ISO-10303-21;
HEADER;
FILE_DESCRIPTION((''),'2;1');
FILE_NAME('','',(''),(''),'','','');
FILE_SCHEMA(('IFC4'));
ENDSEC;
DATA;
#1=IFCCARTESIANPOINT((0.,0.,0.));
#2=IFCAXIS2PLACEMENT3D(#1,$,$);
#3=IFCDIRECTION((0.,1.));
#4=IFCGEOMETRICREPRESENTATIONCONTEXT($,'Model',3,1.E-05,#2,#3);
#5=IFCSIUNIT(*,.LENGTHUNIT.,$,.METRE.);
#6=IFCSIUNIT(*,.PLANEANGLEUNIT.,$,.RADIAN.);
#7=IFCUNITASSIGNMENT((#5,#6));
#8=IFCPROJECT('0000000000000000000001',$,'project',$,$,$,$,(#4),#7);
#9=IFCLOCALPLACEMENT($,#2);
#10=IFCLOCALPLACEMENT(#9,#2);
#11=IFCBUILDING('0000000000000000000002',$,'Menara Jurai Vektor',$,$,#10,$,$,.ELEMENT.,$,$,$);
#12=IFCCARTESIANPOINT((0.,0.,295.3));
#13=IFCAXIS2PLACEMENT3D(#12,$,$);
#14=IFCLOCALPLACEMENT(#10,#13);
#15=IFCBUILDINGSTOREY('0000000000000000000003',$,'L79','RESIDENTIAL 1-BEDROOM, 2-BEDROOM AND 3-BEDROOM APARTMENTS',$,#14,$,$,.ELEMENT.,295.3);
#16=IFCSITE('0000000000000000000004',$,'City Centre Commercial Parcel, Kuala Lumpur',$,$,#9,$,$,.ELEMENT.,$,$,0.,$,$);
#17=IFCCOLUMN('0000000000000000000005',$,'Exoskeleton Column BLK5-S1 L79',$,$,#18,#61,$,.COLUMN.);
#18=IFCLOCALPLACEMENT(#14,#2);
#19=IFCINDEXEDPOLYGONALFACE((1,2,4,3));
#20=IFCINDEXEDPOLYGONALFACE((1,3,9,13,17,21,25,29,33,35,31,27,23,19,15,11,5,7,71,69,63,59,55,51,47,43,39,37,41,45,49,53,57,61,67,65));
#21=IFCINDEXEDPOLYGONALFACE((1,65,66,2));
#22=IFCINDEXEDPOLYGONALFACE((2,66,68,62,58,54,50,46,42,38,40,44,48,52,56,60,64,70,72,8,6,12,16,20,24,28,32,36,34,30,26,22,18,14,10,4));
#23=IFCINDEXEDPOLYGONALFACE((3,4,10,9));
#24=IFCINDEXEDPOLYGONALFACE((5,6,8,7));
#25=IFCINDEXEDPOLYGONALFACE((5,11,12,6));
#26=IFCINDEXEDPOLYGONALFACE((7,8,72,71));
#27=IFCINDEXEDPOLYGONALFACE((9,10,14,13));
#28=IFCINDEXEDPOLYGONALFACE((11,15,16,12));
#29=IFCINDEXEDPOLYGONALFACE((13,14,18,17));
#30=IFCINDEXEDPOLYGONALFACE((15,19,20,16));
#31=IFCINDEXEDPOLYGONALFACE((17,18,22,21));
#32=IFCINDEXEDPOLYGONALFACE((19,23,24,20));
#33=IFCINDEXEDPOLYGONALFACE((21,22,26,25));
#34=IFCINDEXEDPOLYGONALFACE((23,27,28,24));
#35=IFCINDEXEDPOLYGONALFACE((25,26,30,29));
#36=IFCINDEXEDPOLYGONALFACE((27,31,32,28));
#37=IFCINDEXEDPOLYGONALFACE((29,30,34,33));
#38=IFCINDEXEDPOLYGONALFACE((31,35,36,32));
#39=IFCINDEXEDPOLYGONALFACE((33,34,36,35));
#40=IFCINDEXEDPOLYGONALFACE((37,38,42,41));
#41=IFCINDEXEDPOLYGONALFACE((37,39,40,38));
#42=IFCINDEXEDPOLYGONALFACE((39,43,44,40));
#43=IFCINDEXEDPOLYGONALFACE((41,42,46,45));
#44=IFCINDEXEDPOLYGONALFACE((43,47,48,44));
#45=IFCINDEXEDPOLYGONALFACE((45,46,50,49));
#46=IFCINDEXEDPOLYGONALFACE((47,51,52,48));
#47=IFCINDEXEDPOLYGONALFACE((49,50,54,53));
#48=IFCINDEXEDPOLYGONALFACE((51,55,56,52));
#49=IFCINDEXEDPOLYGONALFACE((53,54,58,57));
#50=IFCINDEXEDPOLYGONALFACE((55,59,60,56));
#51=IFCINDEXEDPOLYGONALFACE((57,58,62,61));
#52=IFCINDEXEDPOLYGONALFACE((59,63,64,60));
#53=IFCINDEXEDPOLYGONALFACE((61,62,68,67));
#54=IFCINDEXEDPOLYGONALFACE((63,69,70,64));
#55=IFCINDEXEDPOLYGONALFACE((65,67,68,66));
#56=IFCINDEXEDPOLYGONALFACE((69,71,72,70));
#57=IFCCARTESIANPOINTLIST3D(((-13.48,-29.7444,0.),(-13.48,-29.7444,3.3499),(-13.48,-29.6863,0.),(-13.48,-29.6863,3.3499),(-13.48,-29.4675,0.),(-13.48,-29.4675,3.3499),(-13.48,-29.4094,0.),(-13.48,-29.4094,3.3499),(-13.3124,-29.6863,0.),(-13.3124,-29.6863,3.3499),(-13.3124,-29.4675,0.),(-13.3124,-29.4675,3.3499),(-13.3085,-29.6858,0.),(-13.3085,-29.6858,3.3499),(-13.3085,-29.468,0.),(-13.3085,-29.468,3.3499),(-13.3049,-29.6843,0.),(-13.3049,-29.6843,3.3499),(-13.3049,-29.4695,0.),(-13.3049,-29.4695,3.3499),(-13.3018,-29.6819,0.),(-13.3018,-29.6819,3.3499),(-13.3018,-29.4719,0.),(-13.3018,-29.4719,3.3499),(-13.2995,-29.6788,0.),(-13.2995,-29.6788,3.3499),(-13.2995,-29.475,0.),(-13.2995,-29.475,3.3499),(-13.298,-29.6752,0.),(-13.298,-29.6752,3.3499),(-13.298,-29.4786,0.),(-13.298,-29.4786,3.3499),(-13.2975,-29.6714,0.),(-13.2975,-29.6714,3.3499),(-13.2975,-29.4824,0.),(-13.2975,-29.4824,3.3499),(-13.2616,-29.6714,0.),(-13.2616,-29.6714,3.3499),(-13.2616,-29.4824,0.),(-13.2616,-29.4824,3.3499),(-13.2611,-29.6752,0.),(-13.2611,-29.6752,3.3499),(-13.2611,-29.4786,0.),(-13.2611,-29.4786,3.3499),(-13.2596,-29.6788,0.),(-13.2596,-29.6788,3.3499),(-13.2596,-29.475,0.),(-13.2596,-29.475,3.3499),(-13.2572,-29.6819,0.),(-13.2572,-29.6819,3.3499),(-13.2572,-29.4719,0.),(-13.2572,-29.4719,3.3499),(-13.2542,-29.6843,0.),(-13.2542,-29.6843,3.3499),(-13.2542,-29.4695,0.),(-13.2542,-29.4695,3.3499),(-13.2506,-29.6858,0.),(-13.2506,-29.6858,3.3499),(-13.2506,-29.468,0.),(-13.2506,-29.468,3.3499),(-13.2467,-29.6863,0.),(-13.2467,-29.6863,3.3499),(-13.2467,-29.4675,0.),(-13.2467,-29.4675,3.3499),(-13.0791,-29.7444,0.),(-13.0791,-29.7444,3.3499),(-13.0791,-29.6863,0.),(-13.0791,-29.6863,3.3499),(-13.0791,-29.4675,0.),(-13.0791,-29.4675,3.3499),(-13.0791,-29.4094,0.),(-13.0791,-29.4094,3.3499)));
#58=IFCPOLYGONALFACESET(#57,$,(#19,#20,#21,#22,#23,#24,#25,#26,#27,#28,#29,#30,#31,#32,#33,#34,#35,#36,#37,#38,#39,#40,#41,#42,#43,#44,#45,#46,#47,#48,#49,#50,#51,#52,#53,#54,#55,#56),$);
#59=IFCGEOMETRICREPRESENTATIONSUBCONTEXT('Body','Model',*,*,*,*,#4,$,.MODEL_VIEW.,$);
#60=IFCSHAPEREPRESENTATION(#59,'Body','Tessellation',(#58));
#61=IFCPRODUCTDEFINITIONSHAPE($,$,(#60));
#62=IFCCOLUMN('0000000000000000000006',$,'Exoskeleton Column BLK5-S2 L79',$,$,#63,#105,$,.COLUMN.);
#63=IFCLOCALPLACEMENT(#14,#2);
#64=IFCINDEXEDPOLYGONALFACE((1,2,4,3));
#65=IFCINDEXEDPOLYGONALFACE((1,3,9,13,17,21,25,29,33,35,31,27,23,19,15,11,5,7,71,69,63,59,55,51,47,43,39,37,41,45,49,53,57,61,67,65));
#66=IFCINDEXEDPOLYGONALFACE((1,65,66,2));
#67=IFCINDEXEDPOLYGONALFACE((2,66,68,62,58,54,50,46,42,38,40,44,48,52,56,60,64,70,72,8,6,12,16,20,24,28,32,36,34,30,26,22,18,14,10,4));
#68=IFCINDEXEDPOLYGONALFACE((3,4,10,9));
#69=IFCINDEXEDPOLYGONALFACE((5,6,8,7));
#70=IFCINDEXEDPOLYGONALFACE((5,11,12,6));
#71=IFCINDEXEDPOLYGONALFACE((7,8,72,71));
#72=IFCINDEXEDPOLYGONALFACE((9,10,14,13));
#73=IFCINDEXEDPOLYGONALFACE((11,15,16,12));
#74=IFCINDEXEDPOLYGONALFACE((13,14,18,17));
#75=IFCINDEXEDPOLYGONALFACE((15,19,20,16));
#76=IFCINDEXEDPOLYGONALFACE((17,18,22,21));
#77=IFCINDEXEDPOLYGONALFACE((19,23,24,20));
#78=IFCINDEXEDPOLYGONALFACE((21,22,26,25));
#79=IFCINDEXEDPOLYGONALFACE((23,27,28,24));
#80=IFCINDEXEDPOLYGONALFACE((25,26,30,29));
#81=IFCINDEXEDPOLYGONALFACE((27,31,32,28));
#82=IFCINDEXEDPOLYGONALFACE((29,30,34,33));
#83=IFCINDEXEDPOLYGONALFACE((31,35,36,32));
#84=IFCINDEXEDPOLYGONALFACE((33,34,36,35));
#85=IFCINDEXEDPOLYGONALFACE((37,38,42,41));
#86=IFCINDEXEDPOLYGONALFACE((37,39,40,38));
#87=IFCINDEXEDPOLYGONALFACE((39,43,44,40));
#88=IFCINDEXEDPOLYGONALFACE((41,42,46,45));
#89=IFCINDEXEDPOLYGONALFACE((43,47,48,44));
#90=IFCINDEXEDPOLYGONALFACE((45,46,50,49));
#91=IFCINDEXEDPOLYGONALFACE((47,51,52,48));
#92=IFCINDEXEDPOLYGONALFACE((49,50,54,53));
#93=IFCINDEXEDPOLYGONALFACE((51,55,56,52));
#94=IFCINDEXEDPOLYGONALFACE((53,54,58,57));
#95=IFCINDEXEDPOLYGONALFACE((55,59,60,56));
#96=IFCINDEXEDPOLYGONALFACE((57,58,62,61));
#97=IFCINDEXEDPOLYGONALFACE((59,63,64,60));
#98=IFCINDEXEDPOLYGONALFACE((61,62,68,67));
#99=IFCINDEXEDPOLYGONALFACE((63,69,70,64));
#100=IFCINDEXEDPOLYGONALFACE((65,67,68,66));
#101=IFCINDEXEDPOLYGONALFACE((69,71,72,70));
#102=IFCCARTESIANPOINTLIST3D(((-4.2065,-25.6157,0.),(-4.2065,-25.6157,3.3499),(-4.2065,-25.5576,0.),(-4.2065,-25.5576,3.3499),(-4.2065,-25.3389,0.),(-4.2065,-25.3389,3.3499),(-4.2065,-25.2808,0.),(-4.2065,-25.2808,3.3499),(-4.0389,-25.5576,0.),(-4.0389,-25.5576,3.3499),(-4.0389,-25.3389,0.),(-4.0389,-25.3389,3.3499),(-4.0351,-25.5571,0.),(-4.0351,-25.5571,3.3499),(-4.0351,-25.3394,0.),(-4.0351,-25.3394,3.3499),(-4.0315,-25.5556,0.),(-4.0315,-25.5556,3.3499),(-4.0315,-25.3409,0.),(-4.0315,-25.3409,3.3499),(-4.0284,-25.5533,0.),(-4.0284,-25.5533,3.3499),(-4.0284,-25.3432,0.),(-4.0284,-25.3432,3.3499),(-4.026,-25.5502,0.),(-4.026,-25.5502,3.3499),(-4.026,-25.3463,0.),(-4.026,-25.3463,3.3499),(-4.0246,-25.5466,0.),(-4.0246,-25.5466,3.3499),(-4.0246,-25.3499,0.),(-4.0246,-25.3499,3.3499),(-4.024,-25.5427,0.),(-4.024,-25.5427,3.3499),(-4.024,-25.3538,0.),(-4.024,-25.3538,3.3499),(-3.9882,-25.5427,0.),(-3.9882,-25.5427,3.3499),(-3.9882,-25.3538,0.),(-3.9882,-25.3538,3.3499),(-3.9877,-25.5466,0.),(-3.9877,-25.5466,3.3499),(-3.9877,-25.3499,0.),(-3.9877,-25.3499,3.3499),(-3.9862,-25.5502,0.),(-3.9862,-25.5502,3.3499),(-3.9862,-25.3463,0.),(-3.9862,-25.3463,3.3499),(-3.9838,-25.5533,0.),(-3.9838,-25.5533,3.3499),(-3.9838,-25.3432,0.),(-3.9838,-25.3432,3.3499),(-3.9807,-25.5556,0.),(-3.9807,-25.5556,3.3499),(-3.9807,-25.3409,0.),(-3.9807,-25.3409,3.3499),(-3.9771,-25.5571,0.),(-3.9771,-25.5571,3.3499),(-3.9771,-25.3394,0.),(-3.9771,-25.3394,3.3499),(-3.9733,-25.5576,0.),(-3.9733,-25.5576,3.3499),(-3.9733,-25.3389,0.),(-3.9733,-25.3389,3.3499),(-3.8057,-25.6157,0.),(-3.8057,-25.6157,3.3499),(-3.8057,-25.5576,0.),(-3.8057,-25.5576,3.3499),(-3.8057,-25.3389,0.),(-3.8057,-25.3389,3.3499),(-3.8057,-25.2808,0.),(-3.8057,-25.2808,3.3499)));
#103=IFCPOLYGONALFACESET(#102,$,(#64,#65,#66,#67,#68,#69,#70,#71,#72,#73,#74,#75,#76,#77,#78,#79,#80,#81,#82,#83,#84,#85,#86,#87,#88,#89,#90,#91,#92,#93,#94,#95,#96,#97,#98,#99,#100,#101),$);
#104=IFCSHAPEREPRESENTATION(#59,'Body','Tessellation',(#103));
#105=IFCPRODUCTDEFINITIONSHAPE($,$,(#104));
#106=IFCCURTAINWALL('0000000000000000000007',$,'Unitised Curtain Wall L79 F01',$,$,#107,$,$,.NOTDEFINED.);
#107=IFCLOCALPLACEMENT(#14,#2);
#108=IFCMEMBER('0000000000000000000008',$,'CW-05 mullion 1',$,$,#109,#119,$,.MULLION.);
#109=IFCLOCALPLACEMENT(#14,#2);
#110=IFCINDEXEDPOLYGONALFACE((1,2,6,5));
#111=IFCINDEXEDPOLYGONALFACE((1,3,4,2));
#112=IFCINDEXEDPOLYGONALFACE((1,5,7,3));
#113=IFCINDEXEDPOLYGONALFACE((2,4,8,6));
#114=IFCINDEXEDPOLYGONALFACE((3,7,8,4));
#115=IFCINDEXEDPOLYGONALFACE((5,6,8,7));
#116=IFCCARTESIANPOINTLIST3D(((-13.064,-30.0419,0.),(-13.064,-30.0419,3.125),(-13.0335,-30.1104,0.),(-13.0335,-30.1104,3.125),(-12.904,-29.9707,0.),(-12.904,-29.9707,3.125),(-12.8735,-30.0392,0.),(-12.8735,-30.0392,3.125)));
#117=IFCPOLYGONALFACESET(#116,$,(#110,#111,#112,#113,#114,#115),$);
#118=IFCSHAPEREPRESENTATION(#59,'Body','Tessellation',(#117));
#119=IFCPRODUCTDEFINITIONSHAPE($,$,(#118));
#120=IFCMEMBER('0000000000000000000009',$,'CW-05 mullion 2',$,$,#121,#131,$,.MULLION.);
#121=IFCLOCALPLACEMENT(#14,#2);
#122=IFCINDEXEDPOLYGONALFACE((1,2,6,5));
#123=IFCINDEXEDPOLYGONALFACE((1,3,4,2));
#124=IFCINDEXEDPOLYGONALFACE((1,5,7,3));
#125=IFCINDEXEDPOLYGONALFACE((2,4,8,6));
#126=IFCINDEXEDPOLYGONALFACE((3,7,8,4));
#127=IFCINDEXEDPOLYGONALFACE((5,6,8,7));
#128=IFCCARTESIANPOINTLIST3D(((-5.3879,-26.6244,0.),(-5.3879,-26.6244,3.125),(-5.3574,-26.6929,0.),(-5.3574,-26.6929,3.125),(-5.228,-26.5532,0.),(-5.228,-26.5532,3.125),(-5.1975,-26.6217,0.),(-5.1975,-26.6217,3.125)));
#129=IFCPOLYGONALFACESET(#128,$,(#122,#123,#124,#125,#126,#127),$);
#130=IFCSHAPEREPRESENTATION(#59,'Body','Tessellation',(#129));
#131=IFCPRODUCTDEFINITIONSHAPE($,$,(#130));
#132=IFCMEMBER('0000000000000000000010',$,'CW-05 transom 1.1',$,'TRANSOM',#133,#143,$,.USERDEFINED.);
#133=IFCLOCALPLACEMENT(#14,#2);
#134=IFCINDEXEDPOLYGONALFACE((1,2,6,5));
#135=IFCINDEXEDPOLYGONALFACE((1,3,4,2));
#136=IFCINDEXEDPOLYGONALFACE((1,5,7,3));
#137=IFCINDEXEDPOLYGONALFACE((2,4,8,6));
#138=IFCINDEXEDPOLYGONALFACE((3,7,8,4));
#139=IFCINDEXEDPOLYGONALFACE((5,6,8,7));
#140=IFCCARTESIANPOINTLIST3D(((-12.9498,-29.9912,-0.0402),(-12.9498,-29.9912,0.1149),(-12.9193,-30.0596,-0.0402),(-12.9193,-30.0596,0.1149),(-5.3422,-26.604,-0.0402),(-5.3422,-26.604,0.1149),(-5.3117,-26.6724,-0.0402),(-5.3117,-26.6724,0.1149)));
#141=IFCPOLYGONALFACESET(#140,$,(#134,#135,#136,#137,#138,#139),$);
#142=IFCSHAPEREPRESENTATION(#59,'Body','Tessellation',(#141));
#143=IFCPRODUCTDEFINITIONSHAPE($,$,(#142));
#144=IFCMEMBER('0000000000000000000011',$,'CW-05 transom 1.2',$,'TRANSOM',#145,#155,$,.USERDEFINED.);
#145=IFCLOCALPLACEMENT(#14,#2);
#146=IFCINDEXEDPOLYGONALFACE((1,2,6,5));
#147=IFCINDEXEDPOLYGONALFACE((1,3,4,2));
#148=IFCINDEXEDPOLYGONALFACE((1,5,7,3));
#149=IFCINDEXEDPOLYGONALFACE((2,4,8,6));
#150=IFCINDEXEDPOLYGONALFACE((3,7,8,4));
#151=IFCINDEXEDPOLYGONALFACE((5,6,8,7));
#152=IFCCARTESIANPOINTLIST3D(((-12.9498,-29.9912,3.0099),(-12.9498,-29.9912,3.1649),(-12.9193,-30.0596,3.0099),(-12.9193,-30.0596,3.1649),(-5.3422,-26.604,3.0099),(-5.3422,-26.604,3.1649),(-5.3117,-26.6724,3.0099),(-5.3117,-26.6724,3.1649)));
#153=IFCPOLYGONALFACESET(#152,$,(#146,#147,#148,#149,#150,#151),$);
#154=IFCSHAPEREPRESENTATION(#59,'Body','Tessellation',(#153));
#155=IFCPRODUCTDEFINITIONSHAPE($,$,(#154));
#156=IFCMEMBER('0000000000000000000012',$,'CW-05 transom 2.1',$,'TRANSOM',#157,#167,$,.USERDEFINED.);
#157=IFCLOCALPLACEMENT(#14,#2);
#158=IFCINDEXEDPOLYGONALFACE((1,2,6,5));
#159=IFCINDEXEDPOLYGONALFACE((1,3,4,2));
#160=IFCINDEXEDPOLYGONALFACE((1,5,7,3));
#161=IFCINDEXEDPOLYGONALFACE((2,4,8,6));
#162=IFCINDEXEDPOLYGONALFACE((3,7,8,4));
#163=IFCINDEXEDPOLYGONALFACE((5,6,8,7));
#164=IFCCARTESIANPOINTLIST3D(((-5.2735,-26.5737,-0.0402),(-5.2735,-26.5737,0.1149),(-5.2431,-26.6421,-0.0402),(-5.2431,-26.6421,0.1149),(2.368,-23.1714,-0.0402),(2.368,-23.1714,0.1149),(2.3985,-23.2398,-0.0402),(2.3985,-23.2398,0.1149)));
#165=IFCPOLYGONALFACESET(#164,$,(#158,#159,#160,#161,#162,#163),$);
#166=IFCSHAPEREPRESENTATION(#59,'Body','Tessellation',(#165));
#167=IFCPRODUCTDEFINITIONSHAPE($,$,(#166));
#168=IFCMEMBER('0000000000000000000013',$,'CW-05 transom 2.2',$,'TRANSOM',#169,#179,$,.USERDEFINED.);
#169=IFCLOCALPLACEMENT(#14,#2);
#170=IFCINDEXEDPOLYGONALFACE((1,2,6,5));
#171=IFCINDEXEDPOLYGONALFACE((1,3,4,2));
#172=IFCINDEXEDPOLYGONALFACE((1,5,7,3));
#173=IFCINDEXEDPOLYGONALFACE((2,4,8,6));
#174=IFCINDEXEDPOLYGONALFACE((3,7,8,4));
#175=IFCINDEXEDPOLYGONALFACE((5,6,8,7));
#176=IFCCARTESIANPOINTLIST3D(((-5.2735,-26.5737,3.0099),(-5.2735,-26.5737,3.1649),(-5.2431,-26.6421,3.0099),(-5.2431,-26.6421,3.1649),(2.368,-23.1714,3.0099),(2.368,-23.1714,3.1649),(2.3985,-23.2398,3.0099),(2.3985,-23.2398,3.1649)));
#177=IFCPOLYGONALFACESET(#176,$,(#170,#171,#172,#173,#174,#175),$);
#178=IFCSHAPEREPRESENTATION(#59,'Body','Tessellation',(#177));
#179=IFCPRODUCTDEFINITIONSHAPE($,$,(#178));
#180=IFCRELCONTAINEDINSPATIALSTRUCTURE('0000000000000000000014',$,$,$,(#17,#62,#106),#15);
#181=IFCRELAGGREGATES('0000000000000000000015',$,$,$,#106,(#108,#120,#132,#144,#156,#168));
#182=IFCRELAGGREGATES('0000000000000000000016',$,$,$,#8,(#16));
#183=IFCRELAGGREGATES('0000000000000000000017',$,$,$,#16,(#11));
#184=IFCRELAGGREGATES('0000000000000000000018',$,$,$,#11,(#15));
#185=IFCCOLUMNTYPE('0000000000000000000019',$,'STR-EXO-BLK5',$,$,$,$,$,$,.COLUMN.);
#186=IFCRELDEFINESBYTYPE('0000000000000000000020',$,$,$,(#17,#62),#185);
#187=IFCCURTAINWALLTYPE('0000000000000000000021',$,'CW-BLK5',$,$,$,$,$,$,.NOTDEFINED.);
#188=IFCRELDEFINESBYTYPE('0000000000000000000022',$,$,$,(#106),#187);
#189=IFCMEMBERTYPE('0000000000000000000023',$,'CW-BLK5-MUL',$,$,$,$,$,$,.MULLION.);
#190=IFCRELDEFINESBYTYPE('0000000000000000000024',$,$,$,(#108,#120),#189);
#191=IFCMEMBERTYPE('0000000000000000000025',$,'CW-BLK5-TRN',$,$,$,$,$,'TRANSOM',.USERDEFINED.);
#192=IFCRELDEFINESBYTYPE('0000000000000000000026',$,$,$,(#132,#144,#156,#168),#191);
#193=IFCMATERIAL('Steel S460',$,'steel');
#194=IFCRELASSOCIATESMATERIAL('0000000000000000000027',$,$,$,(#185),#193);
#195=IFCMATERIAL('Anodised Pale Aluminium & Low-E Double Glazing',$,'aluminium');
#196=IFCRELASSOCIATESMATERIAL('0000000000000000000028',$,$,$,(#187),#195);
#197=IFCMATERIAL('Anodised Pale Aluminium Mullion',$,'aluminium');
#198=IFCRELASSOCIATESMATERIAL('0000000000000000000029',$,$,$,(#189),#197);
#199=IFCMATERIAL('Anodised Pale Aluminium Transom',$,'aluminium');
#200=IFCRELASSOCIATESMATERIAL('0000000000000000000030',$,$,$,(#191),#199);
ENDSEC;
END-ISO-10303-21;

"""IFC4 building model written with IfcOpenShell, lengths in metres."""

from ifc_helpers import new_model, si_unit, direction, frame, origin, origin_2d, place, context, subcontext, project, spatial, rectangle, i_section, extrude, material, material_profile, profile_set, type_object, element, aggregate, save


model = new_model("IFC4")

# Units and contexts
model_context = context("Model", 3, precision=1e-05, world=origin(), true_north=direction((0.0, 1.0)))
body_context = subcontext(model_context, "Body", "Model", "MODEL_VIEW")
ifc_project = project(units=[si_unit("LENGTHUNIT", "METRE"), si_unit("PLANEANGLEUNIT", "RADIAN")], contexts=[model_context])

# Site, building, storey
site_placement = place(None, origin())
site = spatial("IfcSite", under=ifc_project, at=site_placement, Name="City Centre Commercial Parcel, Kuala Lumpur", CompositionType="ELEMENT", RefElevation=0.0)
building_placement = place(site_placement, origin())
building = spatial("IfcBuilding", under=site, at=building_placement, Name="Menara Jurai Vektor", CompositionType="ELEMENT")
storey_placement = place(building_placement, frame((0.0, 0.0, 295.3)))
storey = spatial("IfcBuildingStorey", under=building, at=storey_placement, Name="L79", Description="RESIDENTIAL 1-BEDROOM, 2-BEDROOM AND 3-BEDROOM APARTMENTS", CompositionType="ELEMENT", Elevation=295.3)

# Columns
ifc_material_1 = material(Name="Steel S460", Category="steel")
ifc_material_profile_1 = material_profile(ifc_material_1, i_section(OverallWidth=0.4009, OverallDepth=0.335, WebThickness=0.0359, FlangeThickness=0.0581, FilletRadius=0.0149, at=origin_2d()), Name="HD 400x463")
ifc_profile_set_1 = profile_set([ifc_material_profile_1], Name="Steel S460")
column_type = type_object("IfcColumnType", Name="STR-EXO-BLK5", PredefinedType="COLUMN", material=ifc_profile_set_1)
for number, where, z_axis, x_axis, name in (
    (1, (-13.2795, -29.5769, 0.0), (0.0, 0.0, 1.0), (1.0, 0.0, 0.0), "Exoskeleton Column BLK5-S1 L79"),
    (2, (-4.0061, -25.4482, 0.0), (0.0, 0.0, 1.0), (1.0, 0.0, 0.0), "Exoskeleton Column BLK5-S2 L79"),
):
    element("IfcColumn", number, at=place(storey_placement, frame(where, z_axis=z_axis, x_axis=x_axis)), inside=storey, type_object=column_type, Name=name, PredefinedType="COLUMN", context=body_context, shape_type="SweptSolid", body=[
        extrude(i_section(OverallWidth=0.4009, OverallDepth=0.335, WebThickness=0.0359, FlangeThickness=0.0581, FilletRadius=0.0149, at=origin_2d()), origin(), (0.0, 0.0, 1.0), 3.3499),
    ])

# Curtain wall, members
ifc_material_2 = material(Name="Anodised Pale Aluminium & Low-E Double Glazing", Category="aluminium")
curtain_wall_type = type_object("IfcCurtainWallType", Name="CW-BLK5", PredefinedType="NOTDEFINED", material=ifc_material_2)
curtain_wall_placement = place(storey_placement, origin())
curtain_wall = element("IfcCurtainWall", 3, at=curtain_wall_placement, inside=storey, type_object=curtain_wall_type, Name="Unitised Curtain Wall L79 F01", PredefinedType="NOTDEFINED")
ifc_material_3 = material(Name="Anodised Pale Aluminium Mullion", Category="aluminium")
ifc_material_profile_2 = material_profile(ifc_material_3, rectangle(XDim=0.075, YDim=0.175, at=origin_2d()), Name="ALU MUL 75x175")
ifc_profile_set_2 = profile_set([ifc_material_profile_2], Name="Anodised Pale Aluminium Mullion")
member_type_1 = type_object("IfcMemberType", Name="CW-BLK5-MUL", PredefinedType="MULLION", material=ifc_profile_set_2)
member_1_placement = place(storey_placement, frame((-12.9688, -30.0405, 0.0), z_axis=(0.0, 0.0, 1.0), x_axis=(-0.406735, 0.913546, 0.0)))
member_1 = element("IfcMember", 4, at=member_1_placement, type_object=member_type_1, Name="CW-05 mullion 1", PredefinedType="MULLION", context=body_context, shape_type="SweptSolid", body=[
    extrude(rectangle(XDim=0.075, YDim=0.175, at=origin_2d()), origin(), (0.0, 0.0, 1.0), 3.125),
])
member_2_placement = place(storey_placement, frame((-5.2927, -26.623, 0.0), z_axis=(0.0, 0.0, 1.0), x_axis=(-0.406735, 0.913546, 0.0)))
member_2 = element("IfcMember", 5, at=member_2_placement, type_object=member_type_1, Name="CW-05 mullion 2", PredefinedType="MULLION", context=body_context, shape_type="SweptSolid", body=[
    extrude(rectangle(XDim=0.075, YDim=0.175, at=origin_2d()), origin(), (0.0, 0.0, 1.0), 3.125),
])
ifc_material_4 = material(Name="Anodised Pale Aluminium Transom", Category="aluminium")
ifc_material_profile_3 = material_profile(ifc_material_4, rectangle(XDim=0.075, YDim=0.155, at=origin_2d()), Name="ALU TRN 75x155")
ifc_profile_set_3 = profile_set([ifc_material_profile_3], Name="Anodised Pale Aluminium Transom")
member_type_2 = type_object("IfcMemberType", Name="CW-BLK5-TRN", ElementType="TRANSOM", PredefinedType="USERDEFINED", material=ifc_profile_set_3)
member_3_placement = place(storey_placement, frame((-12.9346, -30.0254, 0.0374), z_axis=(0.913543, 0.406742, 0.0), x_axis=(-0.406742, 0.913543, 0.0)))
member_3 = element("IfcMember", 6, at=member_3_placement, type_object=member_type_2, Name="CW-05 transom 1.1", ObjectType="TRANSOM", PredefinedType="USERDEFINED", context=body_context, shape_type="SweptSolid", body=[
    extrude(rectangle(XDim=0.075, YDim=0.155, at=origin_2d()), origin(), (0.0, 0.0, 1.0), 8.3276),
])
member_4_placement = place(storey_placement, frame((-12.9346, -30.0254, 3.0874), z_axis=(0.913543, 0.406742, 0.0), x_axis=(-0.406742, 0.913543, 0.0)))
member_4 = element("IfcMember", 7, at=member_4_placement, type_object=member_type_2, Name="CW-05 transom 1.2", ObjectType="TRANSOM", PredefinedType="USERDEFINED", context=body_context, shape_type="SweptSolid", body=[
    extrude(rectangle(XDim=0.075, YDim=0.155, at=origin_2d()), origin(), (0.0, 0.0, 1.0), 8.3276),
])
member_5_placement = place(storey_placement, frame((-5.2583, -26.6079, 0.0374), z_axis=(0.913542, 0.406745, 0.0), x_axis=(-0.406745, 0.913542, 0.0)))
member_5 = element("IfcMember", 8, at=member_5_placement, type_object=member_type_2, Name="CW-05 transom 2.1", ObjectType="TRANSOM", PredefinedType="USERDEFINED", context=body_context, shape_type="SweptSolid", body=[
    extrude(rectangle(XDim=0.075, YDim=0.155, at=origin_2d()), origin(), (0.0, 0.0, 1.0), 8.3647),
])
member_6_placement = place(storey_placement, frame((-5.2583, -26.6079, 3.0874), z_axis=(0.913542, 0.406745, 0.0), x_axis=(-0.406745, 0.913542, 0.0)))
member_6 = element("IfcMember", 9, at=member_6_placement, type_object=member_type_2, Name="CW-05 transom 2.2", ObjectType="TRANSOM", PredefinedType="USERDEFINED", context=body_context, shape_type="SweptSolid", body=[
    extrude(rectangle(XDim=0.075, YDim=0.155, at=origin_2d()), origin(), (0.0, 0.0, 1.0), 8.3647),
])

aggregate(curtain_wall, [member_1, member_2, member_3, member_4, member_5, member_6])

save(model, "model.ifc")
